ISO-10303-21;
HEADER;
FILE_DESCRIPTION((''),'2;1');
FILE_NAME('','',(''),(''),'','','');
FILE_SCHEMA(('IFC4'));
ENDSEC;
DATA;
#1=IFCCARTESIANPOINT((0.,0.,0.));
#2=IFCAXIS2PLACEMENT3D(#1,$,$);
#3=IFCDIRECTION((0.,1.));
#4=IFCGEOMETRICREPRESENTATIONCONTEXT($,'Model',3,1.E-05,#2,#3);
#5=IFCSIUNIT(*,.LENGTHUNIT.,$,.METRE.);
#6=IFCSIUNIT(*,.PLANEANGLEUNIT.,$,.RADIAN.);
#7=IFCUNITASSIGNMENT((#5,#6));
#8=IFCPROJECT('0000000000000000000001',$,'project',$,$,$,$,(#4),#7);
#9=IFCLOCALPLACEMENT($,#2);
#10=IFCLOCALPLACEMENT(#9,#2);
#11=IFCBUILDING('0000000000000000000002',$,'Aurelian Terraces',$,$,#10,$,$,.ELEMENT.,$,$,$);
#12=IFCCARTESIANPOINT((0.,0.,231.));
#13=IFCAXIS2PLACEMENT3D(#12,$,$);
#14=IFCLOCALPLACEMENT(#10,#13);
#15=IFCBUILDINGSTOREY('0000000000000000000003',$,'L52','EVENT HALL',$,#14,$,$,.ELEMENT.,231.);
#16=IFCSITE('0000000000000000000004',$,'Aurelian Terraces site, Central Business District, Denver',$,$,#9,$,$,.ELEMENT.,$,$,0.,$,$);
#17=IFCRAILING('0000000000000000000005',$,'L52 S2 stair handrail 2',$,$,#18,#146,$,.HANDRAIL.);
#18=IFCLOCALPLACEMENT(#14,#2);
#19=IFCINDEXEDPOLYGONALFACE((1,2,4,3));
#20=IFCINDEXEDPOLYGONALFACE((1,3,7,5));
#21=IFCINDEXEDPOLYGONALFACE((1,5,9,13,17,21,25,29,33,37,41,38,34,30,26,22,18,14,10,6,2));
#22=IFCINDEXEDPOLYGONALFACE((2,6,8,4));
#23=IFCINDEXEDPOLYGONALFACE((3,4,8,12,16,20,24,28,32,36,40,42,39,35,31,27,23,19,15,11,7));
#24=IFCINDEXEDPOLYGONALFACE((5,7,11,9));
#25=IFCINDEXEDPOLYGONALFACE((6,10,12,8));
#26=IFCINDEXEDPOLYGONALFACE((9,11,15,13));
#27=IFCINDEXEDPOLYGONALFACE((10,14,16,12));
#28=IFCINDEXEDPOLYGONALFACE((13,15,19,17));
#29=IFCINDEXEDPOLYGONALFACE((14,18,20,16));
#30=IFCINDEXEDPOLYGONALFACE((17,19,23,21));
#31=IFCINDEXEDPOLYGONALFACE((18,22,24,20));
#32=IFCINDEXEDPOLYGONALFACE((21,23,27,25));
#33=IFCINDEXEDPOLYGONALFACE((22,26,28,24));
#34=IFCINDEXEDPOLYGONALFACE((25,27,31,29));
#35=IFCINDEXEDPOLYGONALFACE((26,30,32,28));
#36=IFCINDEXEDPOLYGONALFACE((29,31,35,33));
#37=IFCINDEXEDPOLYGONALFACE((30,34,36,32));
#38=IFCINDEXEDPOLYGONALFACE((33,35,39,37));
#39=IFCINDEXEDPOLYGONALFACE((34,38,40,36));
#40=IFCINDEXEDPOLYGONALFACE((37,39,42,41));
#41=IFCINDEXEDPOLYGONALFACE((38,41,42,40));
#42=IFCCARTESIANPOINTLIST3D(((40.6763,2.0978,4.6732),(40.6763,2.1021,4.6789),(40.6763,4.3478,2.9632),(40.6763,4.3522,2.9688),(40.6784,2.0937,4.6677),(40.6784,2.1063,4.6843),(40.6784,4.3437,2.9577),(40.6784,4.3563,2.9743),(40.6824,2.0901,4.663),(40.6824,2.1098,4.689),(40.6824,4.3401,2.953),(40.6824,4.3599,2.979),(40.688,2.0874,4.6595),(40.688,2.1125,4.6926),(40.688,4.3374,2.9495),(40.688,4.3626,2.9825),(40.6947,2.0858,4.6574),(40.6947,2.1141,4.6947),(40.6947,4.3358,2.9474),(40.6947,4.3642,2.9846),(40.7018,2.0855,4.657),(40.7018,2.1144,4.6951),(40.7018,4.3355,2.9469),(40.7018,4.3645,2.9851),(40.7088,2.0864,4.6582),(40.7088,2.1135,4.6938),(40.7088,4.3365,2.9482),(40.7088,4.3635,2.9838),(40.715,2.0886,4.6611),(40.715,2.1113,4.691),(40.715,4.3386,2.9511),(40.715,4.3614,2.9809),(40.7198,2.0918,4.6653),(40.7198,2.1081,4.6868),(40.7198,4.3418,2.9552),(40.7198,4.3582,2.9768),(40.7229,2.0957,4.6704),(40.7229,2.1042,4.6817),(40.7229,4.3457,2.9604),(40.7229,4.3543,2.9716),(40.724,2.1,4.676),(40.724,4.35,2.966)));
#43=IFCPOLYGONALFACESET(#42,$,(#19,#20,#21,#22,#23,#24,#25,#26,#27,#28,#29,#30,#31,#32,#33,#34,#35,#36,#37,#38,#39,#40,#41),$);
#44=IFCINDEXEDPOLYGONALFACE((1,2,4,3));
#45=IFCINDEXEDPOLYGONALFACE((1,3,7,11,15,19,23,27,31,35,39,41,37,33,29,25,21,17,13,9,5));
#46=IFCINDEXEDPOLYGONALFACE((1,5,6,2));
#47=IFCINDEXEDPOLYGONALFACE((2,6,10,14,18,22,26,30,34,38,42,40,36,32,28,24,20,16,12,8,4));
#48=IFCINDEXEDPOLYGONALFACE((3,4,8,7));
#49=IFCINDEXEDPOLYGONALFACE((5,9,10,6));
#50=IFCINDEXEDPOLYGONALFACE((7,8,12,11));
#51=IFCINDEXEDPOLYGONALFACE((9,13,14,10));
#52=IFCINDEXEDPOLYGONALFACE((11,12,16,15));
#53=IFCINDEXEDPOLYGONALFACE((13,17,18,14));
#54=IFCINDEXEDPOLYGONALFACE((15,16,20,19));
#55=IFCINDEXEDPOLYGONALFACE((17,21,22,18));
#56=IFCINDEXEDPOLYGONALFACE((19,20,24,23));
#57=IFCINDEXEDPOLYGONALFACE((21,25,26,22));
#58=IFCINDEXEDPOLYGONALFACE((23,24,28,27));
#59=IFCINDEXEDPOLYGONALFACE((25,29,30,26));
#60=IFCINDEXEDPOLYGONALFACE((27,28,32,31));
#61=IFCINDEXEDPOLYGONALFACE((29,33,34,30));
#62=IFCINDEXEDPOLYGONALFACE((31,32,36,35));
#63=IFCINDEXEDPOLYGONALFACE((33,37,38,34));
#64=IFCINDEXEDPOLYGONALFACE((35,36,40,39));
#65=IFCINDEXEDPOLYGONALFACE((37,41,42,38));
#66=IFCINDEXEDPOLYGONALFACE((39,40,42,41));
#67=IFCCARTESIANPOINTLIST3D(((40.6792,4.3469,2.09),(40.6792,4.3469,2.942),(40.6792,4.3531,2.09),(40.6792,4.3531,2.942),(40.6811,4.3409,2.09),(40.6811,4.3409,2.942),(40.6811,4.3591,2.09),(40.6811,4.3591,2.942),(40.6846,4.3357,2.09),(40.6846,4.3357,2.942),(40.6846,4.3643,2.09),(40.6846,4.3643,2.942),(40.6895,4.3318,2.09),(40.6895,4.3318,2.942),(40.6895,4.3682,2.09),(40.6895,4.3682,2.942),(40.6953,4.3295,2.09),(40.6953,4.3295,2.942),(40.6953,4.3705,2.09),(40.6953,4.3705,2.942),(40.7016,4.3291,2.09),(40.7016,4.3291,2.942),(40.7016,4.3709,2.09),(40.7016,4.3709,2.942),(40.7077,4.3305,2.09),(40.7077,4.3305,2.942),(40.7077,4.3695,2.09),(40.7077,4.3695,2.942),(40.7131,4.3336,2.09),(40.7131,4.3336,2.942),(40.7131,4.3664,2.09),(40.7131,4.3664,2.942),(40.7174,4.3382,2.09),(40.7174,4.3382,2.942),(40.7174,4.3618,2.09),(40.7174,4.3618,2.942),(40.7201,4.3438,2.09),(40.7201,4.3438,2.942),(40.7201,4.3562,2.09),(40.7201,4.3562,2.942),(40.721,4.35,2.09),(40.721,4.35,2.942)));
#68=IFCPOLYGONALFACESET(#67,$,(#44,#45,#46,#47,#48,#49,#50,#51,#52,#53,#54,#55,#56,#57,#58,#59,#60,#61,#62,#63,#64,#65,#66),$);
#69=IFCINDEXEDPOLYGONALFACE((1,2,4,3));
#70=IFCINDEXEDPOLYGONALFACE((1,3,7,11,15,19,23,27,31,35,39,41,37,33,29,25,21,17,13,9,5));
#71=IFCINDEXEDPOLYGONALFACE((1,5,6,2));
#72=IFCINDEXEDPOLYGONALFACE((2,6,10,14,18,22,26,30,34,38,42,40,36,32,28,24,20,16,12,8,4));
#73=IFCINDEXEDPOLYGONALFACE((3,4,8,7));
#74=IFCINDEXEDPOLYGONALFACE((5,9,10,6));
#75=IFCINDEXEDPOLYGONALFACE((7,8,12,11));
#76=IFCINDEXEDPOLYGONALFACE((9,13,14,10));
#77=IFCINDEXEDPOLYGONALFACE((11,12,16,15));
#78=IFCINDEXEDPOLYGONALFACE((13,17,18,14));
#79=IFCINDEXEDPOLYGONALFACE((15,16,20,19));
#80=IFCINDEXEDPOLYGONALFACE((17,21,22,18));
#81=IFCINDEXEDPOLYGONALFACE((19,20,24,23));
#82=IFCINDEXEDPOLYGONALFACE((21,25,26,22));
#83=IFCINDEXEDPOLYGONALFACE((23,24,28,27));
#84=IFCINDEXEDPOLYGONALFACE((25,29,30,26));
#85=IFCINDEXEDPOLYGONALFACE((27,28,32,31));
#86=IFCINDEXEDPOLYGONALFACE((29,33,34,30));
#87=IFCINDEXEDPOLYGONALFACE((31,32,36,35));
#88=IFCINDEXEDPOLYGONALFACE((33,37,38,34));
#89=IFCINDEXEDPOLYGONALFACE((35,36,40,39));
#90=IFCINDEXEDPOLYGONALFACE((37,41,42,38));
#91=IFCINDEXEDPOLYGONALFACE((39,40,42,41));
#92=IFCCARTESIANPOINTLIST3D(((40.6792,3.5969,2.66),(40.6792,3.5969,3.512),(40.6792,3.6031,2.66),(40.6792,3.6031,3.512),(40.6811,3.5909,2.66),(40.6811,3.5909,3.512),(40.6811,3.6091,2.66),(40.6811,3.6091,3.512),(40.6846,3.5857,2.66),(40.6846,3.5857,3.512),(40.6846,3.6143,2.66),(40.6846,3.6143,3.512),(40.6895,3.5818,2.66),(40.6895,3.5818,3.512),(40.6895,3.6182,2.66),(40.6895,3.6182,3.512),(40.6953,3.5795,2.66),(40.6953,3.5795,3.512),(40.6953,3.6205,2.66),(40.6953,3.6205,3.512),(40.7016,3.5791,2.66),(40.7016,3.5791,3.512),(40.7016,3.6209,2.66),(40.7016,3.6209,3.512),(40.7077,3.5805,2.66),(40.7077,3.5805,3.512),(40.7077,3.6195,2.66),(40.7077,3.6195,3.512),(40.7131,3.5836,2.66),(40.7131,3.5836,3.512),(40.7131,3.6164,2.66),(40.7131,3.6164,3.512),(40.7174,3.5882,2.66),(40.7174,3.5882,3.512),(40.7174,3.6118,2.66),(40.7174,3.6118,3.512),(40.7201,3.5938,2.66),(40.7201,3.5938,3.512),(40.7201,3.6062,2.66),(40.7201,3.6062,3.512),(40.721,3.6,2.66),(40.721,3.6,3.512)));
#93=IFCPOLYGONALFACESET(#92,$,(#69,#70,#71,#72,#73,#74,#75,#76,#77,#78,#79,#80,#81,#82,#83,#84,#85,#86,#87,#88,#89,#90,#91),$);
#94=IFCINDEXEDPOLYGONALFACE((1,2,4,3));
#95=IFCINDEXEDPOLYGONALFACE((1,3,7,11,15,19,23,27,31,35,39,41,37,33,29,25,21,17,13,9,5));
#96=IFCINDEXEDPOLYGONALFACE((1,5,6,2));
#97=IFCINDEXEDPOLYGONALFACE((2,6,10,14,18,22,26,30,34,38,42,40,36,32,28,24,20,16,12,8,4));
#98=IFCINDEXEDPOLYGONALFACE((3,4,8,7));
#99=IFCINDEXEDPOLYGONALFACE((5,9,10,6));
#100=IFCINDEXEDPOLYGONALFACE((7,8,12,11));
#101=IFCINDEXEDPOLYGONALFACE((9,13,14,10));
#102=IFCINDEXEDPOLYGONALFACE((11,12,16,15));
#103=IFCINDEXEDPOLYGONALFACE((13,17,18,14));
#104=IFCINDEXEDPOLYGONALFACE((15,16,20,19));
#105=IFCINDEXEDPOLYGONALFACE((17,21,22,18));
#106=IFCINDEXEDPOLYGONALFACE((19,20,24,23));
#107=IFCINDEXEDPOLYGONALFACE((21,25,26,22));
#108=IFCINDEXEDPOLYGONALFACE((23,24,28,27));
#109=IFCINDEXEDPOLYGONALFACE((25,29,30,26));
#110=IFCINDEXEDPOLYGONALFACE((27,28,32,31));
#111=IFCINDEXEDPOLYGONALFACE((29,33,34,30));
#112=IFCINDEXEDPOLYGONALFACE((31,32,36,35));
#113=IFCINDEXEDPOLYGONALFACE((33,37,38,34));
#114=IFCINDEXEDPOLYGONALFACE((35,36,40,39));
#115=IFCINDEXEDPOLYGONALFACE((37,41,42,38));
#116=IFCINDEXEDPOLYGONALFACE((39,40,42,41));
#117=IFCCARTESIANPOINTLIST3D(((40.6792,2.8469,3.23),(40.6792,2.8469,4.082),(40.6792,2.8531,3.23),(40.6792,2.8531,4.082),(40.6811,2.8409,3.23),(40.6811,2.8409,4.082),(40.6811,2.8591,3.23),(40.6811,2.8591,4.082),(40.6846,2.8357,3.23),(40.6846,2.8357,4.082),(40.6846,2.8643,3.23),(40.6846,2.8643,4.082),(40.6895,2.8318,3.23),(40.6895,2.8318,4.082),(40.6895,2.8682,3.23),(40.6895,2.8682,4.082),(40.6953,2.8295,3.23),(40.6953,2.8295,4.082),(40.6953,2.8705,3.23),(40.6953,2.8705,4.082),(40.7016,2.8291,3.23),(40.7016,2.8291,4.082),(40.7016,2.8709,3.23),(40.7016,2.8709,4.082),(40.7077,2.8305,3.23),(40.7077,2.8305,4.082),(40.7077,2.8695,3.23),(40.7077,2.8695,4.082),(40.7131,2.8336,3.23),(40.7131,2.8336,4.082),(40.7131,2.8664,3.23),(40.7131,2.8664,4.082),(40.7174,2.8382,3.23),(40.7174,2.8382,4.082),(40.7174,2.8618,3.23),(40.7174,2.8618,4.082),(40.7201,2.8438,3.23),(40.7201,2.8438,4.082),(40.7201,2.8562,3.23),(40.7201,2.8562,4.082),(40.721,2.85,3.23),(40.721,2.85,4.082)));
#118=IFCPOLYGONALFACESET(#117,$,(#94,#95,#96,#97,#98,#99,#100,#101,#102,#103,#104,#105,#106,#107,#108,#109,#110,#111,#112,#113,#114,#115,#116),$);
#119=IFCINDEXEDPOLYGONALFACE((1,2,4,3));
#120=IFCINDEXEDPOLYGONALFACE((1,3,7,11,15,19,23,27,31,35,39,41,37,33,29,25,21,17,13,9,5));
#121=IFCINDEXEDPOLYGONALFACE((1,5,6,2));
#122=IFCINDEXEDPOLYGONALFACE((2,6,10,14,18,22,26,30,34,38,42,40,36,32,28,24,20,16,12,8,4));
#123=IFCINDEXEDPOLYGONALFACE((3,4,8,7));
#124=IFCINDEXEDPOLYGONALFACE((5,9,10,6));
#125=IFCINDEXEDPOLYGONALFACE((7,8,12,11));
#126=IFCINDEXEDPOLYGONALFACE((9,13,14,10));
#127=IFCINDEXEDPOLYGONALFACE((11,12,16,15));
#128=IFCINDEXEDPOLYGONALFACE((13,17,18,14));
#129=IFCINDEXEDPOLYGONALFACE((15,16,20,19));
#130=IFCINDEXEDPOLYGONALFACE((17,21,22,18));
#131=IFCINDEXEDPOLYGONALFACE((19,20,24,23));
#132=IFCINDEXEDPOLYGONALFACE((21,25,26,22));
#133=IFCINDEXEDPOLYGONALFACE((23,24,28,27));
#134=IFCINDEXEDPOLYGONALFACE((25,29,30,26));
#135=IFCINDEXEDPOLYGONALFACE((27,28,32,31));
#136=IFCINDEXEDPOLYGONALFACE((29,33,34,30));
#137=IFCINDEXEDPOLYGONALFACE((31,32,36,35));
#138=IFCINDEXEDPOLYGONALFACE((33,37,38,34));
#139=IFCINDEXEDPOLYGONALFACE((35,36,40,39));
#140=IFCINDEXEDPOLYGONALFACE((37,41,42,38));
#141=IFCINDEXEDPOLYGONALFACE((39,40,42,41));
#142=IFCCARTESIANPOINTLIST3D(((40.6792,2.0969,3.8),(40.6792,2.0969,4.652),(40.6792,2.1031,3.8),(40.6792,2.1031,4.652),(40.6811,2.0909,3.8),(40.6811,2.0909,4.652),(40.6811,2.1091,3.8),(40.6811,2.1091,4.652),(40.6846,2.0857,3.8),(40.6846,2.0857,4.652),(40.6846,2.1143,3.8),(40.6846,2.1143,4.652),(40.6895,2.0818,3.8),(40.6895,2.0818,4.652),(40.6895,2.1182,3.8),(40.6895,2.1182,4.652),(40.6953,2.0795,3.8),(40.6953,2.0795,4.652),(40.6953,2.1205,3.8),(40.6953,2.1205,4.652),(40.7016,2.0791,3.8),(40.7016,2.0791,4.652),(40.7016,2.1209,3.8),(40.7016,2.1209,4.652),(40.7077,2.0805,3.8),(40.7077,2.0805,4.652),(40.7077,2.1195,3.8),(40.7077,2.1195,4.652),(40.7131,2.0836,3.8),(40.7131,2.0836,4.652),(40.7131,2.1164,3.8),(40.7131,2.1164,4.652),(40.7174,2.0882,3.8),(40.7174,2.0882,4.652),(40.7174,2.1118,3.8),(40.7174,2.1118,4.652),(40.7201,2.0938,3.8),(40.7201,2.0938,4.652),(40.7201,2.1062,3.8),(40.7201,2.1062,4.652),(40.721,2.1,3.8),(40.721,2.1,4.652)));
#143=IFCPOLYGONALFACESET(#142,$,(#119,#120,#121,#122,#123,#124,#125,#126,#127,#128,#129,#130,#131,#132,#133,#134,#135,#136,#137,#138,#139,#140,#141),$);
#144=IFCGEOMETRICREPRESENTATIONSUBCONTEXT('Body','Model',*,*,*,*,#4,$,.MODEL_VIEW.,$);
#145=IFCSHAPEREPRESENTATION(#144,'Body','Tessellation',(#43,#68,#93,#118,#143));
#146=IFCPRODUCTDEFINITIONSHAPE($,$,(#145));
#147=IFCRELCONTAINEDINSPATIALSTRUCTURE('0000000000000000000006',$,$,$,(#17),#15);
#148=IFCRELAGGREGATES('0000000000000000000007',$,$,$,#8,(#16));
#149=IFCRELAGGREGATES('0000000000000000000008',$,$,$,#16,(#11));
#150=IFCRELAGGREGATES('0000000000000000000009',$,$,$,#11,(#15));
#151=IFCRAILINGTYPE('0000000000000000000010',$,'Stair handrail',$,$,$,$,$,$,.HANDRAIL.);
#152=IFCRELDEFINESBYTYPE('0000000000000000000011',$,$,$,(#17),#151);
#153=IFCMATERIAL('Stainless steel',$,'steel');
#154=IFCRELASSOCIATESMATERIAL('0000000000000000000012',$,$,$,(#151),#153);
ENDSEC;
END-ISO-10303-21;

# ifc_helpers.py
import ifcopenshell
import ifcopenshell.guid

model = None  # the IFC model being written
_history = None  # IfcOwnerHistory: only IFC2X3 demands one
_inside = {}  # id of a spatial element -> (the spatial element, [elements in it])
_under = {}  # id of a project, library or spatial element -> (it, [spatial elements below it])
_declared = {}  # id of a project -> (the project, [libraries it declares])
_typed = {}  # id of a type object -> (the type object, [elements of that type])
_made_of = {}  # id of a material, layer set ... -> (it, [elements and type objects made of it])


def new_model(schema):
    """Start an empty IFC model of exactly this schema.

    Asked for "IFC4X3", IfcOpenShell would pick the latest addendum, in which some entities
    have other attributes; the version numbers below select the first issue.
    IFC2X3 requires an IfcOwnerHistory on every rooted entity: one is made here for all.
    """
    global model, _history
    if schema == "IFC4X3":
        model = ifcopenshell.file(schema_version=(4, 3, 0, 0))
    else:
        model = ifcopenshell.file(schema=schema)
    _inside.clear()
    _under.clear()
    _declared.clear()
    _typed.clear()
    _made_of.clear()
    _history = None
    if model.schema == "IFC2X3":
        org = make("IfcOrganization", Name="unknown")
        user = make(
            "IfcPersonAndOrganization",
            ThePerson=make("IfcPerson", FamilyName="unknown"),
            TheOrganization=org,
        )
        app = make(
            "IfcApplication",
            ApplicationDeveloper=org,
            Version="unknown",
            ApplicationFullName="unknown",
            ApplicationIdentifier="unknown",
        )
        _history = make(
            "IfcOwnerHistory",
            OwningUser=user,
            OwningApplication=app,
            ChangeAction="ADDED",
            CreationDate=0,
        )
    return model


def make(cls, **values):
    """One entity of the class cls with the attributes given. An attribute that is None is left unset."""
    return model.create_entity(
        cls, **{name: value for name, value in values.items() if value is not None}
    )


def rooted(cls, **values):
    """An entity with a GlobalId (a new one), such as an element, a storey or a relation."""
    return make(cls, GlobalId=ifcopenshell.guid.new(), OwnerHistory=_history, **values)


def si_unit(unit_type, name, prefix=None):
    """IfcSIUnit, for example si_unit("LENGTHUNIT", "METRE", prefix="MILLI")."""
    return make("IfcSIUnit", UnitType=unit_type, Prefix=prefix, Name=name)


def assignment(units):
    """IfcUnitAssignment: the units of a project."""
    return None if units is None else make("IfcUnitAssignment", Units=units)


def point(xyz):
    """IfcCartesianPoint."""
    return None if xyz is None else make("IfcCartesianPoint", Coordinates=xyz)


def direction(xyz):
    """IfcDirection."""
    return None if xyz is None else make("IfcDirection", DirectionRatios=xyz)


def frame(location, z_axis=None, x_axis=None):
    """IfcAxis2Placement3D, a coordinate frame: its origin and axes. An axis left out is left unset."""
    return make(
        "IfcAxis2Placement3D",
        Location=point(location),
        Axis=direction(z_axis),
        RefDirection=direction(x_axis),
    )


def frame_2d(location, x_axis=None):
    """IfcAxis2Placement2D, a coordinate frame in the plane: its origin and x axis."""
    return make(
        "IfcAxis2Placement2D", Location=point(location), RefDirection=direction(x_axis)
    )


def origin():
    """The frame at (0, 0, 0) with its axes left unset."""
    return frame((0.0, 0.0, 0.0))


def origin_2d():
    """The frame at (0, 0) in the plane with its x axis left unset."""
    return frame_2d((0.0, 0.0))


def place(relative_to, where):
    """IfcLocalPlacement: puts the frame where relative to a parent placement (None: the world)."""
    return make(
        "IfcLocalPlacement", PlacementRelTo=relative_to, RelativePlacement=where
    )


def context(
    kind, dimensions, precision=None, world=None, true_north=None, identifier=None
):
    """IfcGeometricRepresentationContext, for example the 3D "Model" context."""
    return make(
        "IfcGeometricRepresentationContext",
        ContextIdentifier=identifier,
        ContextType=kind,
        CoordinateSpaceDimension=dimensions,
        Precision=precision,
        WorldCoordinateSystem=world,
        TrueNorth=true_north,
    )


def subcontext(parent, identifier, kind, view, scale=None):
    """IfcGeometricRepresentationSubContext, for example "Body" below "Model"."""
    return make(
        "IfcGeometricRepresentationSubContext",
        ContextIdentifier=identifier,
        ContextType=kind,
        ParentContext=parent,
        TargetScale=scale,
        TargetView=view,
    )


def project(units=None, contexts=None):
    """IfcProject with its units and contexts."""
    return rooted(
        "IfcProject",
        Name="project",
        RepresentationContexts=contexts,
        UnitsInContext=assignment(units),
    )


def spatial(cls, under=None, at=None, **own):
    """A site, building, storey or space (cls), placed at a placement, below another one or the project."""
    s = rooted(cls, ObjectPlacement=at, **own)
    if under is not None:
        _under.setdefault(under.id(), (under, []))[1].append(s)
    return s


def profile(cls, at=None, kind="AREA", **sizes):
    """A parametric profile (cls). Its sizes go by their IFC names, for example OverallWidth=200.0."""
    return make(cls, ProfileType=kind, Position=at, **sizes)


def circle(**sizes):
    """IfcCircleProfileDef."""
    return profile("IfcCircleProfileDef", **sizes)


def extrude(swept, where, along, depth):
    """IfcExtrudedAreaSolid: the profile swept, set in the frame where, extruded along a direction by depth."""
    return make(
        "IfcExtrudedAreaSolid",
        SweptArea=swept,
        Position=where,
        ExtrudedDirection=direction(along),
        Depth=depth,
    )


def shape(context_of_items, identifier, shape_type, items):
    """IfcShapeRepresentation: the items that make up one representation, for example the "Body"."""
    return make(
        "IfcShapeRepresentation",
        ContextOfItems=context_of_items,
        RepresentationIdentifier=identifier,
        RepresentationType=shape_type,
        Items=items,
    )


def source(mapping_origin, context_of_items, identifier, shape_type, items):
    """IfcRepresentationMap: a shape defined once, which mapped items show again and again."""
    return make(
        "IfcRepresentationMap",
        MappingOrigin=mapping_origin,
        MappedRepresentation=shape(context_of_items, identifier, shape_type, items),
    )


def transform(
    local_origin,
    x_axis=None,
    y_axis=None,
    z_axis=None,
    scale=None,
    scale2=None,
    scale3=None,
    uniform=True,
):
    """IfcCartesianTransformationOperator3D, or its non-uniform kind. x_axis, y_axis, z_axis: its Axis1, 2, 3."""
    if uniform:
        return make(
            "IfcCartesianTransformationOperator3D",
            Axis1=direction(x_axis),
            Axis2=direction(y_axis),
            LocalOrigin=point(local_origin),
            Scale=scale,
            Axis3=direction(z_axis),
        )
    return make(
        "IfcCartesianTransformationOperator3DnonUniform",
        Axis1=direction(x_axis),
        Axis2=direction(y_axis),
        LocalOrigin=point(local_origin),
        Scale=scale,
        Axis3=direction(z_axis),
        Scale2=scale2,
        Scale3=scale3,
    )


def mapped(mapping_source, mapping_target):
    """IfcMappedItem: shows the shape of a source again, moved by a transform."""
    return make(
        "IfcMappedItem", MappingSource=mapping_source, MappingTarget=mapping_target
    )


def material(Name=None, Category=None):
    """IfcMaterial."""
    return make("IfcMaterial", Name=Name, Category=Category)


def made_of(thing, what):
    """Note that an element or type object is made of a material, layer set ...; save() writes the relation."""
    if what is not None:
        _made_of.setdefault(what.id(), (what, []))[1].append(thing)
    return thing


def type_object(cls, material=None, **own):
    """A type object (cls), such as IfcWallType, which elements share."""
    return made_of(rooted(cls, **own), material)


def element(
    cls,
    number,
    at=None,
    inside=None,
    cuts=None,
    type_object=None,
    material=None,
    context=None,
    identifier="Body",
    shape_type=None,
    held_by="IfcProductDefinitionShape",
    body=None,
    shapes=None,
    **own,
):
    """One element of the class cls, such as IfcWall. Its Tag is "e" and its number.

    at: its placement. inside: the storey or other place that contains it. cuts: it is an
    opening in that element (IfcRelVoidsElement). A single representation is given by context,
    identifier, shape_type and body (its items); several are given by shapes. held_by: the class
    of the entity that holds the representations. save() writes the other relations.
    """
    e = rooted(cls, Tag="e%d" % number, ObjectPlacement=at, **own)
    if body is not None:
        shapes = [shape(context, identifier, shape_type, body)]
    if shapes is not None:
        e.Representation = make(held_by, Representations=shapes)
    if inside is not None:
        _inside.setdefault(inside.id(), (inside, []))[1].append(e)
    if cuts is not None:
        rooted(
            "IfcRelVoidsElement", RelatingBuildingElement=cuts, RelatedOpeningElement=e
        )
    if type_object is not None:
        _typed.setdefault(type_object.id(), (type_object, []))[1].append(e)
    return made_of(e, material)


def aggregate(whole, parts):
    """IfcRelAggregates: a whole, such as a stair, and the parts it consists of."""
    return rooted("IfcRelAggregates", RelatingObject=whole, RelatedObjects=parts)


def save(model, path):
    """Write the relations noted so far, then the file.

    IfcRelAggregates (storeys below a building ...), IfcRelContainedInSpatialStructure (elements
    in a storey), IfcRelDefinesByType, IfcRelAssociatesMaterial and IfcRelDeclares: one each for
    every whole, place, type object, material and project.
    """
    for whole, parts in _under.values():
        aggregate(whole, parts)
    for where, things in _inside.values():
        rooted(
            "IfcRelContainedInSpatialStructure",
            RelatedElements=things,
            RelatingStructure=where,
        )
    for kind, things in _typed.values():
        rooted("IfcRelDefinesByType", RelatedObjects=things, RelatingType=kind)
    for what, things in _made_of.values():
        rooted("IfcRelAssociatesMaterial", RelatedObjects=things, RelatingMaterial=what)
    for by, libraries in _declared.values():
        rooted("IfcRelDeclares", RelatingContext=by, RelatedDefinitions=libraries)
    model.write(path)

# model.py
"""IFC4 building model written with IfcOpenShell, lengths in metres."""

from ifc_helpers import new_model, si_unit, direction, frame, origin, origin_2d, place, context, subcontext, project, spatial, circle, extrude, source, transform, mapped, material, type_object, element, save


model = new_model("IFC4")

# Units and contexts
model_context = context("Model", 3, precision=1e-05, world=origin(), true_north=direction((0.0, 1.0)))
body_context = subcontext(model_context, "Body", "Model", "MODEL_VIEW")
ifc_project = project(units=[si_unit("LENGTHUNIT", "METRE"), si_unit("PLANEANGLEUNIT", "RADIAN")], contexts=[model_context])

# Site, building, storey
site_placement = place(None, origin())
site = spatial("IfcSite", under=ifc_project, at=site_placement, Name="Aurelian Terraces site, Central Business District, Denver", CompositionType="ELEMENT", RefElevation=0.0)
building_placement = place(site_placement, origin())
building = spatial("IfcBuilding", under=site, at=building_placement, Name="Aurelian Terraces", CompositionType="ELEMENT")
storey_placement = place(building_placement, frame((0.0, 0.0, 231.0)))
storey = spatial("IfcBuildingStorey", under=building, at=storey_placement, Name="L52", Description="EVENT HALL", CompositionType="ELEMENT", Elevation=231.0)

# Railing
ifc_material_1 = material(Name="Stainless steel", Category="steel")
railing_type = type_object("IfcRailingType", Name="Stair handrail", PredefinedType="HANDRAIL", material=ifc_material_1)
shared_shape_1 = source(origin(), body_context, "Body", "SweptSolid", [
    extrude(circle(Radius=0.024, at=origin_2d()), frame((0.0, 0.0, 0.876), z_axis=(0.0, -0.796162, 0.605083), x_axis=(1.0, 0.0, 0.0)), (0.0, 0.0, 1.0), 2.8261),
    extrude(circle(Radius=0.021, at=origin_2d()), origin(), (0.0, 0.0, 1.0), 0.852),
    extrude(circle(Radius=0.021, at=origin_2d()), frame((0.0, -0.75, 0.57)), (0.0, 0.0, 1.0), 0.852),
    extrude(circle(Radius=0.021, at=origin_2d()), frame((0.0, -1.5, 1.14)), (0.0, 0.0, 1.0), 0.852),
    extrude(circle(Radius=0.021, at=origin_2d()), frame((0.0, -2.25, 1.71)), (0.0, 0.0, 1.0), 0.852),
])
railing_placement = place(storey_placement, frame((40.7, 4.35, 2.09)))
element("IfcRailing", 1, at=railing_placement, inside=storey, type_object=railing_type, Name="L52 S2 stair handrail 2", PredefinedType="HANDRAIL", context=body_context, shape_type="MappedRepresentation", body=[
    mapped(shared_shape_1, transform((0.0, 0.0, 0.0), scale=1.0)),
])

save(model, "model.ifc")
